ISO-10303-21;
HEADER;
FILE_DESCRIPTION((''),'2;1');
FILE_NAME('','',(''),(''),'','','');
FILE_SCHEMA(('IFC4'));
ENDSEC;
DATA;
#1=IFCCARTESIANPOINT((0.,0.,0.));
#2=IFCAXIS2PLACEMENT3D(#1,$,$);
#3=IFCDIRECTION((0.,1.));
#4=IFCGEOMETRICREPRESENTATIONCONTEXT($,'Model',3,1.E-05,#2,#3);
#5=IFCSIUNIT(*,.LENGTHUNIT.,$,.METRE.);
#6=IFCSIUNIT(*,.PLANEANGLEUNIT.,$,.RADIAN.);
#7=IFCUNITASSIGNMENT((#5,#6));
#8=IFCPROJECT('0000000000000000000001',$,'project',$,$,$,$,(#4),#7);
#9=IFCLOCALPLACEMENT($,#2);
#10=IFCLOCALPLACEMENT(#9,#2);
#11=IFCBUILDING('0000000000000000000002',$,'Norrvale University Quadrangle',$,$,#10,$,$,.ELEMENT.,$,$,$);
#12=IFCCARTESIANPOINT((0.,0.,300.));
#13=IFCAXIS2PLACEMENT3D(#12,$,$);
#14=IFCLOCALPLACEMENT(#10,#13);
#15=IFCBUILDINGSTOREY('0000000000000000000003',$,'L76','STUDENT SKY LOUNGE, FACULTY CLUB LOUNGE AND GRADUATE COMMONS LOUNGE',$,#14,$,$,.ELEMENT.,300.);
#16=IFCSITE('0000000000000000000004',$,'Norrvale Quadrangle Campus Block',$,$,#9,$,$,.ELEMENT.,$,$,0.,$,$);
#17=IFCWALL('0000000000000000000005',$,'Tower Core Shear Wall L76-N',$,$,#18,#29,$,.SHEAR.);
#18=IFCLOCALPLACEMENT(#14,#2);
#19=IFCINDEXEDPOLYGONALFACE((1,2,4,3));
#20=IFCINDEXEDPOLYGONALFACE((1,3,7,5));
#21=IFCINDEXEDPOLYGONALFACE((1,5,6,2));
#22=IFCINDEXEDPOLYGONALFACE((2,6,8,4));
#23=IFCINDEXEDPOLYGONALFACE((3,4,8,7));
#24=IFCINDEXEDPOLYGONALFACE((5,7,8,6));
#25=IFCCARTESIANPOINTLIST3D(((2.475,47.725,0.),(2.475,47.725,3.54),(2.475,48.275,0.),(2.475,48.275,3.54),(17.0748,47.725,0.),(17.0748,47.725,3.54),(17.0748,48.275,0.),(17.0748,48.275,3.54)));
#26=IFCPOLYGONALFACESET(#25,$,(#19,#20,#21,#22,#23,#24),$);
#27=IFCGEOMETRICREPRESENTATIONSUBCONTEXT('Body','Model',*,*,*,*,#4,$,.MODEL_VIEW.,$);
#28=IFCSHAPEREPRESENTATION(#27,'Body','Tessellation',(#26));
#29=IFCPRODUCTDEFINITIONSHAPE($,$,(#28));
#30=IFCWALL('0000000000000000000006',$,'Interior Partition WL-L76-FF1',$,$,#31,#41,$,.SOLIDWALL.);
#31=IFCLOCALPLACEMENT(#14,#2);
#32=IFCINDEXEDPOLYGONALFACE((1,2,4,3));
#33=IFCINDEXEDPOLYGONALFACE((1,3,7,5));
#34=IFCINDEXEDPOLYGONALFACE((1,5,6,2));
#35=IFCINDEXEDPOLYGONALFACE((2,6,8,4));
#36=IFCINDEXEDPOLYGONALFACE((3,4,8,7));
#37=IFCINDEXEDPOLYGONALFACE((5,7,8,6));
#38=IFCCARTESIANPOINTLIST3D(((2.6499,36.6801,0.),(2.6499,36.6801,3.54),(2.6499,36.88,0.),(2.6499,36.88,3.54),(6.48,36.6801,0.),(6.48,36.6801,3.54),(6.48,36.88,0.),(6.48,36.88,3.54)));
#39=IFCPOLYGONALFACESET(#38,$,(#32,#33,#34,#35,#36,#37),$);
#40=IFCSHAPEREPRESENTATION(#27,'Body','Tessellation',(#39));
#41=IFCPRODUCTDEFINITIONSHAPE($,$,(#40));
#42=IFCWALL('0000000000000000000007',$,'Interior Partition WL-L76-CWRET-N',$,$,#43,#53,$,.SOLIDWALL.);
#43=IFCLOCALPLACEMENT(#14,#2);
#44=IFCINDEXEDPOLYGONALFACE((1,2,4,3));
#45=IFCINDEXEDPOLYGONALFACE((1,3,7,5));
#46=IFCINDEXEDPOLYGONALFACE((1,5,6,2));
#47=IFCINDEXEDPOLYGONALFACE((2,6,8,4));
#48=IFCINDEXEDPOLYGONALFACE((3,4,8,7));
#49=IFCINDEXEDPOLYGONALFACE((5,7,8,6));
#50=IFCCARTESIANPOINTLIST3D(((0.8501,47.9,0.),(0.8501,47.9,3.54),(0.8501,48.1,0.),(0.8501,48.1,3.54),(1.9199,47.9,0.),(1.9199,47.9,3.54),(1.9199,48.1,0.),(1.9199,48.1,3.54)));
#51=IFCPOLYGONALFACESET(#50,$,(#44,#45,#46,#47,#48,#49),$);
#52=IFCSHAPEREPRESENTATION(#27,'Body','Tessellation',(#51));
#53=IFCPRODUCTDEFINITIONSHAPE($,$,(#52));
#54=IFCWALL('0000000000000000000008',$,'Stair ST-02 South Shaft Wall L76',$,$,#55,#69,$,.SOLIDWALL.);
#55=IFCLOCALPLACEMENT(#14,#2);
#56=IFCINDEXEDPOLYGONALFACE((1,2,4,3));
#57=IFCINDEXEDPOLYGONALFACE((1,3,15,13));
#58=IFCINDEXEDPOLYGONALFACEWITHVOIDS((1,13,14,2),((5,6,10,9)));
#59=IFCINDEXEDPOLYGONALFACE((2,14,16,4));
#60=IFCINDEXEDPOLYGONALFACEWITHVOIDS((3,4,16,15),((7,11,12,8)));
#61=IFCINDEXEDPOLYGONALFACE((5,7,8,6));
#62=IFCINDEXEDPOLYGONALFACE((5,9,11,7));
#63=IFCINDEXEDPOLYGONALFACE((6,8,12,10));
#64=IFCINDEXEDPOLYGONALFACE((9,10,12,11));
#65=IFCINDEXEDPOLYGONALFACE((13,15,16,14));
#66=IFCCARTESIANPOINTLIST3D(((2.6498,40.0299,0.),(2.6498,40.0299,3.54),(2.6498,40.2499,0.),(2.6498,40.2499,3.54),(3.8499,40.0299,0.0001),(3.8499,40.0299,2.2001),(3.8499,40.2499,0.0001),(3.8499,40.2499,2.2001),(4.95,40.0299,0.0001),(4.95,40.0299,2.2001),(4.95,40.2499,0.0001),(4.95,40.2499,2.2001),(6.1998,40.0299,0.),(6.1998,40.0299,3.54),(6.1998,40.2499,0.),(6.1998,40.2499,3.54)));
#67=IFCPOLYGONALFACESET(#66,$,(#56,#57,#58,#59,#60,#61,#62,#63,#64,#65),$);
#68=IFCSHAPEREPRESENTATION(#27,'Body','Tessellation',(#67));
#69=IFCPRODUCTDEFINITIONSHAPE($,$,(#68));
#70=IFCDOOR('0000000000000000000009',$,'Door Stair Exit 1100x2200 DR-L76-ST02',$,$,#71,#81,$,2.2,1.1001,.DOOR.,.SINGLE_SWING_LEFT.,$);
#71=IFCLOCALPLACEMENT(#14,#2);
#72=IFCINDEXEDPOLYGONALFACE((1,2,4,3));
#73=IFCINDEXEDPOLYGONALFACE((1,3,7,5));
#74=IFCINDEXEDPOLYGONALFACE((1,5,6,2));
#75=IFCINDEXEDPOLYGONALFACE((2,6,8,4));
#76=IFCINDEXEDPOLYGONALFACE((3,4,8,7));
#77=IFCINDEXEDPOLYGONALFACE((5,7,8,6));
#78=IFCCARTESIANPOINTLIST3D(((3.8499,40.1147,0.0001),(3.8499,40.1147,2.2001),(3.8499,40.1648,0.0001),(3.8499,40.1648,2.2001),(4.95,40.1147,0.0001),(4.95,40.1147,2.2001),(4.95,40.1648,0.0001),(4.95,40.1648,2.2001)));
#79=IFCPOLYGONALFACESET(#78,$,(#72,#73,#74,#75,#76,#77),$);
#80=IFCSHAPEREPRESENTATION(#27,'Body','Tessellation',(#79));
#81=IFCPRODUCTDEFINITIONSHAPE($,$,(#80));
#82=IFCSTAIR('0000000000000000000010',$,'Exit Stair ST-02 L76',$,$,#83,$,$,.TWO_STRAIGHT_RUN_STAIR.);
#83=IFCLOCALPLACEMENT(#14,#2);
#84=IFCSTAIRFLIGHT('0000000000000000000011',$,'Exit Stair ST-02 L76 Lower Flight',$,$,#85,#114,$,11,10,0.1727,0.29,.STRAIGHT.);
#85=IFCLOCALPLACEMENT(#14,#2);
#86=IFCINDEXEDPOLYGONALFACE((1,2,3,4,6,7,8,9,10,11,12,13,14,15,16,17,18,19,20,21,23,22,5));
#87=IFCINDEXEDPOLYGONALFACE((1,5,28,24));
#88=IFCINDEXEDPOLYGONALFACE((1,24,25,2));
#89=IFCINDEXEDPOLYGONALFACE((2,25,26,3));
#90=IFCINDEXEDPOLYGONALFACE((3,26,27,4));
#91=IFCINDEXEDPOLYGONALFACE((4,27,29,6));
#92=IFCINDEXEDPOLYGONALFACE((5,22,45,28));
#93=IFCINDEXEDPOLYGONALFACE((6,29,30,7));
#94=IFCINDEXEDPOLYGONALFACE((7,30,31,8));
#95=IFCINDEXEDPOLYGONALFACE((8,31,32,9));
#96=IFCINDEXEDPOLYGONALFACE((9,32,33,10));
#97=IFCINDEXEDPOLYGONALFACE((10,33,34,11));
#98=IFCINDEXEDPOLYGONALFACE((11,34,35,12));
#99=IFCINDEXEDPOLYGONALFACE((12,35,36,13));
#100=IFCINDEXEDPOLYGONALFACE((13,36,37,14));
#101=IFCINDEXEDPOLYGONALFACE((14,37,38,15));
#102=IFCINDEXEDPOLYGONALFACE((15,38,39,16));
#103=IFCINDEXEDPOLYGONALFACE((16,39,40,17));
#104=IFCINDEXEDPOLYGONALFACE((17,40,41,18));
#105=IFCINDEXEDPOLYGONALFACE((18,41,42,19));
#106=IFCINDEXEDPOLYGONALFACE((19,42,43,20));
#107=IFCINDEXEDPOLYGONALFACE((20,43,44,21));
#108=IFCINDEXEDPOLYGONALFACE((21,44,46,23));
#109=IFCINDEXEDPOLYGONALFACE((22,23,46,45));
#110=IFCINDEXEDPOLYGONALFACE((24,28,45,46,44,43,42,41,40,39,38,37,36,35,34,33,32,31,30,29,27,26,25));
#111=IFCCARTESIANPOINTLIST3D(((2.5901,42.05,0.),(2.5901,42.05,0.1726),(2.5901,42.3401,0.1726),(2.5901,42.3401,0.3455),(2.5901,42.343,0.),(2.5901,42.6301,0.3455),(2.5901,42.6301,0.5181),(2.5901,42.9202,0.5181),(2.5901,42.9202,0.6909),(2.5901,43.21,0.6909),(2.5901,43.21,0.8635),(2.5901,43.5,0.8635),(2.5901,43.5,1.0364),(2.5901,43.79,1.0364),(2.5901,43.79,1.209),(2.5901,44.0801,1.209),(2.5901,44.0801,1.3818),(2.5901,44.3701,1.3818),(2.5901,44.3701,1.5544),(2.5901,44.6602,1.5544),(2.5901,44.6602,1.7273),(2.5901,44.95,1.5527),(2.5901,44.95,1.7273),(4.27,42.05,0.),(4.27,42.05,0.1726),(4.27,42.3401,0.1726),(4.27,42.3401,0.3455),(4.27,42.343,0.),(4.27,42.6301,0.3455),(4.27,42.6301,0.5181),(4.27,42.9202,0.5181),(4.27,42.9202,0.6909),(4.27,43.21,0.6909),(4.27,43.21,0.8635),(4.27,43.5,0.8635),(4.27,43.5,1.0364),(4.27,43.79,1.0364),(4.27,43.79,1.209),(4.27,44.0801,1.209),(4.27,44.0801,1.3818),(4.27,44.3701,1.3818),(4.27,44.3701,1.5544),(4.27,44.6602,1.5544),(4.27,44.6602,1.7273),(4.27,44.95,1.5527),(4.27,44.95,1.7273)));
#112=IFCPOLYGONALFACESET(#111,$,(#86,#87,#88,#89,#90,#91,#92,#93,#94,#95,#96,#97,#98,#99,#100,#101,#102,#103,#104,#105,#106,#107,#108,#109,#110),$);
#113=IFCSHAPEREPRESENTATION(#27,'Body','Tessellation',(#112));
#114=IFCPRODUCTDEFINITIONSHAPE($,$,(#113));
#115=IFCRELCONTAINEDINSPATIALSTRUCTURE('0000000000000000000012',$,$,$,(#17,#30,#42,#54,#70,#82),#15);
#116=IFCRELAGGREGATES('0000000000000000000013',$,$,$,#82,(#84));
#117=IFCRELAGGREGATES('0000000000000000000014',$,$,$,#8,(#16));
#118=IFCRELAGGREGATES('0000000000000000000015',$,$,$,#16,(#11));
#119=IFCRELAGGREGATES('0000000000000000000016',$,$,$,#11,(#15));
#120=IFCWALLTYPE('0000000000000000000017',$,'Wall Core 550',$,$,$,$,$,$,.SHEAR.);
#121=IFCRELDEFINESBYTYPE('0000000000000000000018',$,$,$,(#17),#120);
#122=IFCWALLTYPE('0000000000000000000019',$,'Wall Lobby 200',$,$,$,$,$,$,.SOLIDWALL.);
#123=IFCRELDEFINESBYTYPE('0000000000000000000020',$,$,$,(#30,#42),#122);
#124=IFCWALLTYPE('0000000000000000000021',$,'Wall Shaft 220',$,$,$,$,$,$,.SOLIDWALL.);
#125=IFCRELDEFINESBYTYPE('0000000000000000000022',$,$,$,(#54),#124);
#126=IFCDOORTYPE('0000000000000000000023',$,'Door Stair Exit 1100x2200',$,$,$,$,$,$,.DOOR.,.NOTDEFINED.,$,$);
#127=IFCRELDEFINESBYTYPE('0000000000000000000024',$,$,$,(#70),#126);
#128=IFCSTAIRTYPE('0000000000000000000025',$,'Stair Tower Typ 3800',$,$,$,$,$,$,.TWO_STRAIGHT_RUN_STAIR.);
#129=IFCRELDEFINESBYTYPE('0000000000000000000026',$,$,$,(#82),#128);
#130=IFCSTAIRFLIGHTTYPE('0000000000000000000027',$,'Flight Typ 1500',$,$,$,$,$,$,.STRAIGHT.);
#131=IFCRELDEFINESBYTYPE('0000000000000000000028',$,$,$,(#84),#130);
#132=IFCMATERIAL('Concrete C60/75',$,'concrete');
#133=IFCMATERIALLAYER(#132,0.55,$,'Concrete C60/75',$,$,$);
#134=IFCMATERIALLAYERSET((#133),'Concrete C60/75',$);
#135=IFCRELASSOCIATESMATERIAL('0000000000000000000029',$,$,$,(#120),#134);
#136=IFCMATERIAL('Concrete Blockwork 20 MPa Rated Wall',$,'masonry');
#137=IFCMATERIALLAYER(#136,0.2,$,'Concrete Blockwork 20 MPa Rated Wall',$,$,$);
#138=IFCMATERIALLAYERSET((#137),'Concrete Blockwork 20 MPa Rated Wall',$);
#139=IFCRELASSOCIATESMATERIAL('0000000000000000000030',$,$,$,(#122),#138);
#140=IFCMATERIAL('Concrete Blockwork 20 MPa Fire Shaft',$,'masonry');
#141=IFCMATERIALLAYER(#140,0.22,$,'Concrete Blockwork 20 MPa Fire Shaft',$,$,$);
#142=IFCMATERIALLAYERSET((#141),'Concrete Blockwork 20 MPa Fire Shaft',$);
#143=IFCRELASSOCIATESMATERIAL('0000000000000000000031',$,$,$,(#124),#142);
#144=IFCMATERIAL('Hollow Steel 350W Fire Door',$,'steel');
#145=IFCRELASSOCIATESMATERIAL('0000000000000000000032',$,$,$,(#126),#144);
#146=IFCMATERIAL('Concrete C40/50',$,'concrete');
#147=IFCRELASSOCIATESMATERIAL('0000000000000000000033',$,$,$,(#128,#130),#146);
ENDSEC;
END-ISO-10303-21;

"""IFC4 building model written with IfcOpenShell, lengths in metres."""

from ifc_helpers import new_model, si_unit, direction, frame, frame_2d, origin, place, context, subcontext, project, spatial, polyline, rectangle, outline, extrude, material, layer, layer_set, type_object, element, fill, aggregate, save


model = new_model("IFC4")

# Units and contexts
model_context = context("Model", 3, precision=1e-05, world=origin(), true_north=direction((0.0, 1.0)))
body_context = subcontext(model_context, "Body", "Model", "MODEL_VIEW")
ifc_project = project(units=[si_unit("LENGTHUNIT", "METRE"), si_unit("PLANEANGLEUNIT", "RADIAN")], contexts=[model_context])

# Site, building, storey
site_placement = place(None, origin())
site = spatial("IfcSite", under=ifc_project, at=site_placement, Name="Norrvale Quadrangle Campus Block", CompositionType="ELEMENT", RefElevation=0.0)
building_placement = place(site_placement, origin())
building = spatial("IfcBuilding", under=site, at=building_placement, Name="Norrvale University Quadrangle", CompositionType="ELEMENT")
storey_placement = place(building_placement, frame((0.0, 0.0, 300.0)))
storey = spatial("IfcBuildingStorey", under=building, at=storey_placement, Name="L76", Description="STUDENT SKY LOUNGE, FACULTY CLUB LOUNGE AND GRADUATE COMMONS LOUNGE", CompositionType="ELEMENT", Elevation=300.0)

# Shared definitions
ifc_material_1 = material(Name="Concrete C60/75", Category="concrete")

# Walls
ifc_layer_1 = layer(ifc_material_1, 0.55, Name="Concrete C60/75")
ifc_layer_set_1 = layer_set([ifc_layer_1], Name="Concrete C60/75")
wall_type_1 = type_object("IfcWallType", Name="Wall Core 550", PredefinedType="SHEAR", material=ifc_layer_set_1)
wall_1_placement = place(storey_placement, frame((2.4751, 48.0, 0.0), z_axis=(0.0, 0.0, 1.0), x_axis=(1.0, 0.0, 0.0)))
element("IfcWall", 1, at=wall_1_placement, inside=storey, type_object=wall_type_1, Name="Tower Core Shear Wall L76-N", PredefinedType="SHEAR", context=body_context, shape_type="SweptSolid", body=[
    extrude(rectangle(XDim=14.5999, YDim=0.55, at=frame_2d((7.2998, 0.0))), origin(), (0.0, 0.0, 1.0), 3.54),
])
ifc_material_2 = material(Name="Concrete Blockwork 20 MPa Rated Wall", Category="masonry")
ifc_layer_2 = layer(ifc_material_2, 0.2, Name="Concrete Blockwork 20 MPa Rated Wall")
ifc_layer_set_2 = layer_set([ifc_layer_2], Name="Concrete Blockwork 20 MPa Rated Wall")
wall_type_2 = type_object("IfcWallType", Name="Wall Lobby 200", PredefinedType="SOLIDWALL", material=ifc_layer_set_2)
wall_2_placement = place(storey_placement, frame((2.6499, 36.78, 0.0), z_axis=(0.0, 0.0, 1.0), x_axis=(1.0, 0.0, 0.0)))
element("IfcWall", 2, at=wall_2_placement, inside=storey, type_object=wall_type_2, Name="Interior Partition WL-L76-FF1", PredefinedType="SOLIDWALL", context=body_context, shape_type="SweptSolid", body=[
    extrude(rectangle(XDim=3.8301, YDim=0.2, at=frame_2d((1.915, 0.0))), origin(), (0.0, 0.0, 1.0), 3.54),
])
wall_3_placement = place(storey_placement, frame((0.8501, 48.0, 0.0), z_axis=(0.0, 0.0, 1.0), x_axis=(1.0, 0.0, 0.0)))
element("IfcWall", 3, at=wall_3_placement, inside=storey, type_object=wall_type_2, Name="Interior Partition WL-L76-CWRET-N", PredefinedType="SOLIDWALL", context=body_context, shape_type="SweptSolid", body=[
    extrude(rectangle(XDim=1.0698, YDim=0.2, at=frame_2d((0.5349, 0.0))), origin(), (0.0, 0.0, 1.0), 3.54),
])

# Wall, opening, door
ifc_material_3 = material(Name="Concrete Blockwork 20 MPa Fire Shaft", Category="masonry")
ifc_layer_3 = layer(ifc_material_3, 0.22, Name="Concrete Blockwork 20 MPa Fire Shaft")
ifc_layer_set_3 = layer_set([ifc_layer_3], Name="Concrete Blockwork 20 MPa Fire Shaft")
wall_type_3 = type_object("IfcWallType", Name="Wall Shaft 220", PredefinedType="SOLIDWALL", material=ifc_layer_set_3)
wall_4_placement = place(storey_placement, frame((2.6499, 40.1399, 0.0), z_axis=(0.0, 0.0, 1.0), x_axis=(1.0, 0.0, 0.0)))
wall_4 = element("IfcWall", 4, at=wall_4_placement, inside=storey, type_object=wall_type_3, Name="Stair ST-02 South Shaft Wall L76", PredefinedType="SOLIDWALL", context=body_context, shape_type="SweptSolid", body=[
    extrude(rectangle(XDim=3.55, YDim=0.22, at=frame_2d((1.7749, 0.0))), origin(), (0.0, 0.0, 1.0), 3.54),
])
opening_1_placement = place(wall_4_placement, frame((1.2, 0.0, 0.0)))
opening_1 = element("IfcOpeningElement", 5, at=opening_1_placement, cuts=wall_4, PredefinedType="OPENING", context=body_context, shape_type="SweptSolid", body=[
    extrude(rectangle(XDim=1.1001, YDim=2.2, at=frame_2d((0.55, 1.1001))), frame((0.0, 0.1221, 0.0), z_axis=(0.0, -1.0, 0.0), x_axis=(1.0, 0.0, 0.0)), (0.0, 0.0, 1.0), 0.2439),
])
ifc_material_4 = material(Name="Hollow Steel 350W Fire Door", Category="steel")
door_type = type_object("IfcDoorType", Name="Door Stair Exit 1100x2200", OperationType="NOTDEFINED", PredefinedType="DOOR", material=ifc_material_4)
door_placement = place(opening_1_placement, origin())
door = element("IfcDoor", 6, at=door_placement, inside=storey, type_object=door_type, Name="Door Stair Exit 1100x2200 DR-L76-ST02", OperationType="SINGLE_SWING_LEFT", OverallHeight=2.2, OverallWidth=1.1001, PredefinedType="DOOR", context=body_context, shape_type="SweptSolid", body=[
    extrude(rectangle(XDim=1.1001, YDim=2.2, at=frame_2d((0.55, 1.1001))), frame((0.0, 0.0249, 0.0), z_axis=(0.0, -1.0, 0.0), x_axis=(1.0, 0.0, 0.0)), (0.0, 0.0, 1.0), 0.05),
])
fill(opening_1, door)

# Stair, stair flight
ifc_material_5 = material(Name="Concrete C40/50", Category="concrete")
stair_type = type_object("IfcStairType", Name="Stair Tower Typ 3800", PredefinedType="TWO_STRAIGHT_RUN_STAIR", material=ifc_material_5)
stair_placement = place(storey_placement, origin())
stair = element("IfcStair", 7, at=stair_placement, inside=storey, type_object=stair_type, Name="Exit Stair ST-02 L76", PredefinedType="TWO_STRAIGHT_RUN_STAIR")
stair_flight_type = type_object("IfcStairFlightType", Name="Flight Typ 1500", PredefinedType="STRAIGHT", material=ifc_material_5)
stair_flight_placement = place(storey_placement, frame((3.4299, 42.05, 0.0), z_axis=(0.0, 0.0, 1.0), x_axis=(0.0, 1.0, 0.0)))
stair_flight = element("IfcStairFlight", 8, at=stair_flight_placement, type_object=stair_flight_type, Name="Exit Stair ST-02 L76 Lower Flight", NumberOfRisers=11, NumberOfTreads=10, PredefinedType="STRAIGHT", RiserHeight=0.1727, TreadLength=0.29, context=body_context, shape_type="SweptSolid", body=[
    extrude(outline(polyline([(0.0, 0.0), (0.0, 0.1726), (0.29, 0.1726), (0.29, 0.3455), (0.5801, 0.3455), (0.5801, 0.5181), (0.8701, 0.5181), (0.8701, 0.6909), (1.1599, 0.6909), (1.1599, 0.8635), (1.45, 0.8635), (1.45, 1.0364), (1.74, 1.0364), (1.74, 1.209), (2.03, 1.209), (2.03, 1.3818), (2.3201, 1.3818), (2.3201, 1.5544), (2.6101, 1.5544), (2.6101, 1.7273), (2.8999, 1.7273), (2.8999, 1.8999), (2.8999, 1.5527), (0.293, 0.0), (0.0, 0.0)])), frame((0.0, 0.8398, 0.0), z_axis=(0.0, -1.0, 0.0), x_axis=(1.0, 0.0, 0.0)), (0.0, 0.0, 1.0), 1.6799),
])
aggregate(stair, [stair_flight])

save(model, "model.ifc")
